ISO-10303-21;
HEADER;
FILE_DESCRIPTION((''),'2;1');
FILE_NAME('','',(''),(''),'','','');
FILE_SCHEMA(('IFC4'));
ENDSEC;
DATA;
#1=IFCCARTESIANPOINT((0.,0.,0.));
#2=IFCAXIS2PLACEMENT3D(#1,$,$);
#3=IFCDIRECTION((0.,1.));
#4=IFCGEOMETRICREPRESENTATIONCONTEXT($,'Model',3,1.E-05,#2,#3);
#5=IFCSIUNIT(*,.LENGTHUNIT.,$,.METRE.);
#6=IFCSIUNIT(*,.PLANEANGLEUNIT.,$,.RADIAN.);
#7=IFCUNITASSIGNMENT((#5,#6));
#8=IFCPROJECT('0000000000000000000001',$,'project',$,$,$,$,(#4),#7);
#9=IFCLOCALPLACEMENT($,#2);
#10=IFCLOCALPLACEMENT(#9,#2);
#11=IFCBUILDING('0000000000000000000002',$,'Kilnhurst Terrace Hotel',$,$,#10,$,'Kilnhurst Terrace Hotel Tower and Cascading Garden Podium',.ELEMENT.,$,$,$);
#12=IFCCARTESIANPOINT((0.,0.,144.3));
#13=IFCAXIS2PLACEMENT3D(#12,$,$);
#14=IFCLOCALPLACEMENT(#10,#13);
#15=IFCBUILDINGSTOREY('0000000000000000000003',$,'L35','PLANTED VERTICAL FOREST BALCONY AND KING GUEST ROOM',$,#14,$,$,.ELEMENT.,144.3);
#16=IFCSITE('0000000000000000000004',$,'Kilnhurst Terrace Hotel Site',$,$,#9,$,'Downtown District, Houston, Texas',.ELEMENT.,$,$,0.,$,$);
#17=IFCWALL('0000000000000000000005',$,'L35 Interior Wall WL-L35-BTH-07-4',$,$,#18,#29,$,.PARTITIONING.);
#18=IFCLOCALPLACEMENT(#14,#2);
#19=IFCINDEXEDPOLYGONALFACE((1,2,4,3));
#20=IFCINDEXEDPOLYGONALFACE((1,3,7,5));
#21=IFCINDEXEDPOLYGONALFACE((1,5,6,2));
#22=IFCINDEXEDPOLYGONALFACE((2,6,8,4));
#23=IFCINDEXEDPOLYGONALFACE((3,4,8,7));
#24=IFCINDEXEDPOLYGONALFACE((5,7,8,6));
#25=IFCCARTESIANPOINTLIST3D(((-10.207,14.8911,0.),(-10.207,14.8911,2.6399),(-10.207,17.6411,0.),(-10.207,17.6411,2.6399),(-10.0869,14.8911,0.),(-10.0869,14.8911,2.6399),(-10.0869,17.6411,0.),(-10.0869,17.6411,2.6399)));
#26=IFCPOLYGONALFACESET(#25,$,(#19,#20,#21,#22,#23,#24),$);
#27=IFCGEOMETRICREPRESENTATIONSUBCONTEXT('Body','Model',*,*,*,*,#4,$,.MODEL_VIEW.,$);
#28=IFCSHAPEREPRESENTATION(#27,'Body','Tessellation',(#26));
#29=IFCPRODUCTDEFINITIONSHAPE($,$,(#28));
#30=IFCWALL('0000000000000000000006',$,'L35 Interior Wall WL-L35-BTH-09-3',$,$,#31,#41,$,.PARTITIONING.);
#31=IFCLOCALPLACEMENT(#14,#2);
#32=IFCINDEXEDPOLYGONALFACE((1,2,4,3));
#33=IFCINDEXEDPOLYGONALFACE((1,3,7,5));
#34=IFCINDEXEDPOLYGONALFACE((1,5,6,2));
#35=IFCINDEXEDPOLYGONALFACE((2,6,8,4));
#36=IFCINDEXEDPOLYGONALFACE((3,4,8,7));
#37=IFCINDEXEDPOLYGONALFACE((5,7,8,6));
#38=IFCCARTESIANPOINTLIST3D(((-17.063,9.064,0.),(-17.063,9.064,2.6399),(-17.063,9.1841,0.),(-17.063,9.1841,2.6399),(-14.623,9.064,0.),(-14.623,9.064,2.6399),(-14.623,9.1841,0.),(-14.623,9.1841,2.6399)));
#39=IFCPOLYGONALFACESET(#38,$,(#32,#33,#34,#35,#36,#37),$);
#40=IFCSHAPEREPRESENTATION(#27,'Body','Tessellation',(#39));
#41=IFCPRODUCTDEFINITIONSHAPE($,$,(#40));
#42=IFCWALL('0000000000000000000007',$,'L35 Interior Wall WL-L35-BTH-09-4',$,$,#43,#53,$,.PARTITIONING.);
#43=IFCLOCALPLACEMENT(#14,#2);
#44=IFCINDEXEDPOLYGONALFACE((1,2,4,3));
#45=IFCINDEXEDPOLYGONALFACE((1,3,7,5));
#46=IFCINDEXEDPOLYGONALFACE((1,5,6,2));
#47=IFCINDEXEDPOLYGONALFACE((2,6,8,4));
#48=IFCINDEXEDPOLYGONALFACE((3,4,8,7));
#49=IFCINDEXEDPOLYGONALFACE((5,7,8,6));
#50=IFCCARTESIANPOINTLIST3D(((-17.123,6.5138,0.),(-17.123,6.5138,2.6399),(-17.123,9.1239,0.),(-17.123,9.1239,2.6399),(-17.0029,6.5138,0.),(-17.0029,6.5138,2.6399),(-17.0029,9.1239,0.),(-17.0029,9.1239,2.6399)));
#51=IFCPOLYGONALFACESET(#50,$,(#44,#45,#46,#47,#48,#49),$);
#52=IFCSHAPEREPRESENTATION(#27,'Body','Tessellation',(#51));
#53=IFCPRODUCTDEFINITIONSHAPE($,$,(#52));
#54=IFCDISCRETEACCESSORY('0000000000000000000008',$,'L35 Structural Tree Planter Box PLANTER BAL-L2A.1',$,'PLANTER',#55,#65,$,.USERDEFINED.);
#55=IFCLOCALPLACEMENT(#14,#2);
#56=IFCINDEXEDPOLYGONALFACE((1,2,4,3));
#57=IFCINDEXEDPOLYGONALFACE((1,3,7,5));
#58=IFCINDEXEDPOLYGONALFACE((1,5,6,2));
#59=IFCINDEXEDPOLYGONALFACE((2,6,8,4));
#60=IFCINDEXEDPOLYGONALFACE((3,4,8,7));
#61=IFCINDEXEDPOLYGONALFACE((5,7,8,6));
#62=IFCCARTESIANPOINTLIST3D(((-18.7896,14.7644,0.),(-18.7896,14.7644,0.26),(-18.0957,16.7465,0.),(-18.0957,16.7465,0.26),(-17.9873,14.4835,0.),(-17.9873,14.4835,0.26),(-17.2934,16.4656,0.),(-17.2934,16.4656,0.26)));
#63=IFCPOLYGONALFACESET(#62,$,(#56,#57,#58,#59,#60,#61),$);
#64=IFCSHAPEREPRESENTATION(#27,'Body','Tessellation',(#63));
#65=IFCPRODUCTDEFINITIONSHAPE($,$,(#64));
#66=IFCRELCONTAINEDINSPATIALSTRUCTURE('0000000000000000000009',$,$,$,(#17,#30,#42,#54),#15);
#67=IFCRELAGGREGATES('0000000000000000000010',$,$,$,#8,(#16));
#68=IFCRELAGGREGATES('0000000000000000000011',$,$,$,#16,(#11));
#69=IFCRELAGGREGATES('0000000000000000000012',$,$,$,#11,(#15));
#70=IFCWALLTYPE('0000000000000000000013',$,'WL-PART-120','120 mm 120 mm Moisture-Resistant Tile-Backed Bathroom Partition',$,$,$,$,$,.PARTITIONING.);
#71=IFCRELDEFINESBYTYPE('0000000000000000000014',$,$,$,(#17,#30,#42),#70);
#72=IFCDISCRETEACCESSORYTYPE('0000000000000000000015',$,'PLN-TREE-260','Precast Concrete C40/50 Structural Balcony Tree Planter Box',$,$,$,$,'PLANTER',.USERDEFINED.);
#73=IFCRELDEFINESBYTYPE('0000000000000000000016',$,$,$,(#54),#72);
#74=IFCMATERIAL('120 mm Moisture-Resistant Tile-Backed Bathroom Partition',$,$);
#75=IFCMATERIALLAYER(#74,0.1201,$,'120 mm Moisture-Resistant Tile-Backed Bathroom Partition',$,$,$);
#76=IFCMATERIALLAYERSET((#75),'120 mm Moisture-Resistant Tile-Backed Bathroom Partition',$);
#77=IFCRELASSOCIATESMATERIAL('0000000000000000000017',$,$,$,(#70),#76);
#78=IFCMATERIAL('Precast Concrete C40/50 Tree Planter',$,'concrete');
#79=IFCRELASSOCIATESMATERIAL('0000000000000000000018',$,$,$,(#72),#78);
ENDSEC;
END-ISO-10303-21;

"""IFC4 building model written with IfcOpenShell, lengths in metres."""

from ifc_helpers import new_model, si_unit, direction, frame, frame_2d, origin, origin_2d, place, context, subcontext, project, spatial, rectangle, extrude, material, layer, layer_set, type_object, element, save


model = new_model("IFC4")

# Units and contexts
model_context = context("Model", 3, precision=1e-05, world=origin(), true_north=direction((0.0, 1.0)))
body_context = subcontext(model_context, "Body", "Model", "MODEL_VIEW")
ifc_project = project(units=[si_unit("LENGTHUNIT", "METRE"), si_unit("PLANEANGLEUNIT", "RADIAN")], contexts=[model_context])

# Site, building, storey
site_placement = place(None, origin())
site = spatial("IfcSite", under=ifc_project, at=site_placement, Name="Kilnhurst Terrace Hotel Site", LongName="Downtown District, Houston, Texas", CompositionType="ELEMENT", RefElevation=0.0)
building_placement = place(site_placement, origin())
building = spatial("IfcBuilding", under=site, at=building_placement, Name="Kilnhurst Terrace Hotel", LongName="Kilnhurst Terrace Hotel Tower and Cascading Garden Podium", CompositionType="ELEMENT")
storey_placement = place(building_placement, frame((0.0, 0.0, 144.3)))
storey = spatial("IfcBuildingStorey", under=building, at=storey_placement, Name="L35", Description="PLANTED VERTICAL FOREST BALCONY AND KING GUEST ROOM", CompositionType="ELEMENT", Elevation=144.3)

# Shared definitions
ifc_material_1 = material(Name="120 mm Moisture-Resistant Tile-Backed Bathroom Partition")
ifc_layer_1 = layer(ifc_material_1, 0.1201, Name="120 mm Moisture-Resistant Tile-Backed Bathroom Partition")
ifc_layer_set_1 = layer_set([ifc_layer_1], Name="120 mm Moisture-Resistant Tile-Backed Bathroom Partition")
wall_type_1 = type_object("IfcWallType", Name="WL-PART-120", Description="120 mm 120 mm Moisture-Resistant Tile-Backed Bathroom Partition", PredefinedType="PARTITIONING", material=ifc_layer_set_1)

# Walls
wall_1_placement = place(storey_placement, frame((-10.147, 17.6411, 0.0), z_axis=(0.0, 0.0, 1.0), x_axis=(0.0, -1.0, 0.0)))
element("IfcWall", 1, at=wall_1_placement, inside=storey, type_object=wall_type_1, Name="L35 Interior Wall WL-L35-BTH-07-4", PredefinedType="PARTITIONING", context=body_context, shape_type="SweptSolid", body=[
    extrude(rectangle(XDim=2.75, YDim=0.1201, at=frame_2d((1.375, 0.0))), origin(), (0.0, 0.0, 1.0), 2.6399),
])
wall_2_placement = place(storey_placement, frame((-14.623, 9.124, 0.0), z_axis=(0.0, 0.0, 1.0), x_axis=(-1.0, 0.0, 0.0)))
element("IfcWall", 2, at=wall_2_placement, inside=storey, type_object=wall_type_1, Name="L35 Interior Wall WL-L35-BTH-09-3", PredefinedType="PARTITIONING", context=body_context, shape_type="SweptSolid", body=[
    extrude(rectangle(XDim=2.4399, YDim=0.1201, at=frame_2d((1.22, 0.0))), origin(), (0.0, 0.0, 1.0), 2.6399),
])
wall_3_placement = place(storey_placement, frame((-17.063, 9.124, 0.0), z_axis=(0.0, 0.0, 1.0), x_axis=(0.0, -1.0, 0.0)))
element("IfcWall", 3, at=wall_3_placement, inside=storey, type_object=wall_type_1, Name="L35 Interior Wall WL-L35-BTH-09-4", PredefinedType="PARTITIONING", context=body_context, shape_type="SweptSolid", body=[
    extrude(rectangle(XDim=2.6101, YDim=0.1201, at=frame_2d((1.3052, 0.0))), origin(), (0.0, 0.0, 1.0), 2.6399),
])

# Discrete accessory
ifc_material_2 = material(Name="Precast Concrete C40/50 Tree Planter", Category="concrete")
discrete_accessory_type = type_object("IfcDiscreteAccessoryType", Name="PLN-TREE-260", Description="Precast Concrete C40/50 Structural Balcony Tree Planter Box", ElementType="PLANTER", PredefinedType="USERDEFINED", material=ifc_material_2)
discrete_accessory_placement = place(storey_placement, frame((-18.0415, 15.615, 0.0), z_axis=(0.0, 0.0, 1.0), x_axis=(-0.330432, -0.94383, 0.0)))
element("IfcDiscreteAccessory", 4, at=discrete_accessory_placement, inside=storey, type_object=discrete_accessory_type, Name="L35 Structural Tree Planter Box PLANTER BAL-L2A.1", ObjectType="PLANTER", PredefinedType="USERDEFINED", context=body_context, shape_type="SweptSolid", body=[
    extrude(rectangle(XDim=2.1001, YDim=0.8501, at=origin_2d()), origin(), (0.0, 0.0, 1.0), 0.26),
])

save(model, "model.ifc")
